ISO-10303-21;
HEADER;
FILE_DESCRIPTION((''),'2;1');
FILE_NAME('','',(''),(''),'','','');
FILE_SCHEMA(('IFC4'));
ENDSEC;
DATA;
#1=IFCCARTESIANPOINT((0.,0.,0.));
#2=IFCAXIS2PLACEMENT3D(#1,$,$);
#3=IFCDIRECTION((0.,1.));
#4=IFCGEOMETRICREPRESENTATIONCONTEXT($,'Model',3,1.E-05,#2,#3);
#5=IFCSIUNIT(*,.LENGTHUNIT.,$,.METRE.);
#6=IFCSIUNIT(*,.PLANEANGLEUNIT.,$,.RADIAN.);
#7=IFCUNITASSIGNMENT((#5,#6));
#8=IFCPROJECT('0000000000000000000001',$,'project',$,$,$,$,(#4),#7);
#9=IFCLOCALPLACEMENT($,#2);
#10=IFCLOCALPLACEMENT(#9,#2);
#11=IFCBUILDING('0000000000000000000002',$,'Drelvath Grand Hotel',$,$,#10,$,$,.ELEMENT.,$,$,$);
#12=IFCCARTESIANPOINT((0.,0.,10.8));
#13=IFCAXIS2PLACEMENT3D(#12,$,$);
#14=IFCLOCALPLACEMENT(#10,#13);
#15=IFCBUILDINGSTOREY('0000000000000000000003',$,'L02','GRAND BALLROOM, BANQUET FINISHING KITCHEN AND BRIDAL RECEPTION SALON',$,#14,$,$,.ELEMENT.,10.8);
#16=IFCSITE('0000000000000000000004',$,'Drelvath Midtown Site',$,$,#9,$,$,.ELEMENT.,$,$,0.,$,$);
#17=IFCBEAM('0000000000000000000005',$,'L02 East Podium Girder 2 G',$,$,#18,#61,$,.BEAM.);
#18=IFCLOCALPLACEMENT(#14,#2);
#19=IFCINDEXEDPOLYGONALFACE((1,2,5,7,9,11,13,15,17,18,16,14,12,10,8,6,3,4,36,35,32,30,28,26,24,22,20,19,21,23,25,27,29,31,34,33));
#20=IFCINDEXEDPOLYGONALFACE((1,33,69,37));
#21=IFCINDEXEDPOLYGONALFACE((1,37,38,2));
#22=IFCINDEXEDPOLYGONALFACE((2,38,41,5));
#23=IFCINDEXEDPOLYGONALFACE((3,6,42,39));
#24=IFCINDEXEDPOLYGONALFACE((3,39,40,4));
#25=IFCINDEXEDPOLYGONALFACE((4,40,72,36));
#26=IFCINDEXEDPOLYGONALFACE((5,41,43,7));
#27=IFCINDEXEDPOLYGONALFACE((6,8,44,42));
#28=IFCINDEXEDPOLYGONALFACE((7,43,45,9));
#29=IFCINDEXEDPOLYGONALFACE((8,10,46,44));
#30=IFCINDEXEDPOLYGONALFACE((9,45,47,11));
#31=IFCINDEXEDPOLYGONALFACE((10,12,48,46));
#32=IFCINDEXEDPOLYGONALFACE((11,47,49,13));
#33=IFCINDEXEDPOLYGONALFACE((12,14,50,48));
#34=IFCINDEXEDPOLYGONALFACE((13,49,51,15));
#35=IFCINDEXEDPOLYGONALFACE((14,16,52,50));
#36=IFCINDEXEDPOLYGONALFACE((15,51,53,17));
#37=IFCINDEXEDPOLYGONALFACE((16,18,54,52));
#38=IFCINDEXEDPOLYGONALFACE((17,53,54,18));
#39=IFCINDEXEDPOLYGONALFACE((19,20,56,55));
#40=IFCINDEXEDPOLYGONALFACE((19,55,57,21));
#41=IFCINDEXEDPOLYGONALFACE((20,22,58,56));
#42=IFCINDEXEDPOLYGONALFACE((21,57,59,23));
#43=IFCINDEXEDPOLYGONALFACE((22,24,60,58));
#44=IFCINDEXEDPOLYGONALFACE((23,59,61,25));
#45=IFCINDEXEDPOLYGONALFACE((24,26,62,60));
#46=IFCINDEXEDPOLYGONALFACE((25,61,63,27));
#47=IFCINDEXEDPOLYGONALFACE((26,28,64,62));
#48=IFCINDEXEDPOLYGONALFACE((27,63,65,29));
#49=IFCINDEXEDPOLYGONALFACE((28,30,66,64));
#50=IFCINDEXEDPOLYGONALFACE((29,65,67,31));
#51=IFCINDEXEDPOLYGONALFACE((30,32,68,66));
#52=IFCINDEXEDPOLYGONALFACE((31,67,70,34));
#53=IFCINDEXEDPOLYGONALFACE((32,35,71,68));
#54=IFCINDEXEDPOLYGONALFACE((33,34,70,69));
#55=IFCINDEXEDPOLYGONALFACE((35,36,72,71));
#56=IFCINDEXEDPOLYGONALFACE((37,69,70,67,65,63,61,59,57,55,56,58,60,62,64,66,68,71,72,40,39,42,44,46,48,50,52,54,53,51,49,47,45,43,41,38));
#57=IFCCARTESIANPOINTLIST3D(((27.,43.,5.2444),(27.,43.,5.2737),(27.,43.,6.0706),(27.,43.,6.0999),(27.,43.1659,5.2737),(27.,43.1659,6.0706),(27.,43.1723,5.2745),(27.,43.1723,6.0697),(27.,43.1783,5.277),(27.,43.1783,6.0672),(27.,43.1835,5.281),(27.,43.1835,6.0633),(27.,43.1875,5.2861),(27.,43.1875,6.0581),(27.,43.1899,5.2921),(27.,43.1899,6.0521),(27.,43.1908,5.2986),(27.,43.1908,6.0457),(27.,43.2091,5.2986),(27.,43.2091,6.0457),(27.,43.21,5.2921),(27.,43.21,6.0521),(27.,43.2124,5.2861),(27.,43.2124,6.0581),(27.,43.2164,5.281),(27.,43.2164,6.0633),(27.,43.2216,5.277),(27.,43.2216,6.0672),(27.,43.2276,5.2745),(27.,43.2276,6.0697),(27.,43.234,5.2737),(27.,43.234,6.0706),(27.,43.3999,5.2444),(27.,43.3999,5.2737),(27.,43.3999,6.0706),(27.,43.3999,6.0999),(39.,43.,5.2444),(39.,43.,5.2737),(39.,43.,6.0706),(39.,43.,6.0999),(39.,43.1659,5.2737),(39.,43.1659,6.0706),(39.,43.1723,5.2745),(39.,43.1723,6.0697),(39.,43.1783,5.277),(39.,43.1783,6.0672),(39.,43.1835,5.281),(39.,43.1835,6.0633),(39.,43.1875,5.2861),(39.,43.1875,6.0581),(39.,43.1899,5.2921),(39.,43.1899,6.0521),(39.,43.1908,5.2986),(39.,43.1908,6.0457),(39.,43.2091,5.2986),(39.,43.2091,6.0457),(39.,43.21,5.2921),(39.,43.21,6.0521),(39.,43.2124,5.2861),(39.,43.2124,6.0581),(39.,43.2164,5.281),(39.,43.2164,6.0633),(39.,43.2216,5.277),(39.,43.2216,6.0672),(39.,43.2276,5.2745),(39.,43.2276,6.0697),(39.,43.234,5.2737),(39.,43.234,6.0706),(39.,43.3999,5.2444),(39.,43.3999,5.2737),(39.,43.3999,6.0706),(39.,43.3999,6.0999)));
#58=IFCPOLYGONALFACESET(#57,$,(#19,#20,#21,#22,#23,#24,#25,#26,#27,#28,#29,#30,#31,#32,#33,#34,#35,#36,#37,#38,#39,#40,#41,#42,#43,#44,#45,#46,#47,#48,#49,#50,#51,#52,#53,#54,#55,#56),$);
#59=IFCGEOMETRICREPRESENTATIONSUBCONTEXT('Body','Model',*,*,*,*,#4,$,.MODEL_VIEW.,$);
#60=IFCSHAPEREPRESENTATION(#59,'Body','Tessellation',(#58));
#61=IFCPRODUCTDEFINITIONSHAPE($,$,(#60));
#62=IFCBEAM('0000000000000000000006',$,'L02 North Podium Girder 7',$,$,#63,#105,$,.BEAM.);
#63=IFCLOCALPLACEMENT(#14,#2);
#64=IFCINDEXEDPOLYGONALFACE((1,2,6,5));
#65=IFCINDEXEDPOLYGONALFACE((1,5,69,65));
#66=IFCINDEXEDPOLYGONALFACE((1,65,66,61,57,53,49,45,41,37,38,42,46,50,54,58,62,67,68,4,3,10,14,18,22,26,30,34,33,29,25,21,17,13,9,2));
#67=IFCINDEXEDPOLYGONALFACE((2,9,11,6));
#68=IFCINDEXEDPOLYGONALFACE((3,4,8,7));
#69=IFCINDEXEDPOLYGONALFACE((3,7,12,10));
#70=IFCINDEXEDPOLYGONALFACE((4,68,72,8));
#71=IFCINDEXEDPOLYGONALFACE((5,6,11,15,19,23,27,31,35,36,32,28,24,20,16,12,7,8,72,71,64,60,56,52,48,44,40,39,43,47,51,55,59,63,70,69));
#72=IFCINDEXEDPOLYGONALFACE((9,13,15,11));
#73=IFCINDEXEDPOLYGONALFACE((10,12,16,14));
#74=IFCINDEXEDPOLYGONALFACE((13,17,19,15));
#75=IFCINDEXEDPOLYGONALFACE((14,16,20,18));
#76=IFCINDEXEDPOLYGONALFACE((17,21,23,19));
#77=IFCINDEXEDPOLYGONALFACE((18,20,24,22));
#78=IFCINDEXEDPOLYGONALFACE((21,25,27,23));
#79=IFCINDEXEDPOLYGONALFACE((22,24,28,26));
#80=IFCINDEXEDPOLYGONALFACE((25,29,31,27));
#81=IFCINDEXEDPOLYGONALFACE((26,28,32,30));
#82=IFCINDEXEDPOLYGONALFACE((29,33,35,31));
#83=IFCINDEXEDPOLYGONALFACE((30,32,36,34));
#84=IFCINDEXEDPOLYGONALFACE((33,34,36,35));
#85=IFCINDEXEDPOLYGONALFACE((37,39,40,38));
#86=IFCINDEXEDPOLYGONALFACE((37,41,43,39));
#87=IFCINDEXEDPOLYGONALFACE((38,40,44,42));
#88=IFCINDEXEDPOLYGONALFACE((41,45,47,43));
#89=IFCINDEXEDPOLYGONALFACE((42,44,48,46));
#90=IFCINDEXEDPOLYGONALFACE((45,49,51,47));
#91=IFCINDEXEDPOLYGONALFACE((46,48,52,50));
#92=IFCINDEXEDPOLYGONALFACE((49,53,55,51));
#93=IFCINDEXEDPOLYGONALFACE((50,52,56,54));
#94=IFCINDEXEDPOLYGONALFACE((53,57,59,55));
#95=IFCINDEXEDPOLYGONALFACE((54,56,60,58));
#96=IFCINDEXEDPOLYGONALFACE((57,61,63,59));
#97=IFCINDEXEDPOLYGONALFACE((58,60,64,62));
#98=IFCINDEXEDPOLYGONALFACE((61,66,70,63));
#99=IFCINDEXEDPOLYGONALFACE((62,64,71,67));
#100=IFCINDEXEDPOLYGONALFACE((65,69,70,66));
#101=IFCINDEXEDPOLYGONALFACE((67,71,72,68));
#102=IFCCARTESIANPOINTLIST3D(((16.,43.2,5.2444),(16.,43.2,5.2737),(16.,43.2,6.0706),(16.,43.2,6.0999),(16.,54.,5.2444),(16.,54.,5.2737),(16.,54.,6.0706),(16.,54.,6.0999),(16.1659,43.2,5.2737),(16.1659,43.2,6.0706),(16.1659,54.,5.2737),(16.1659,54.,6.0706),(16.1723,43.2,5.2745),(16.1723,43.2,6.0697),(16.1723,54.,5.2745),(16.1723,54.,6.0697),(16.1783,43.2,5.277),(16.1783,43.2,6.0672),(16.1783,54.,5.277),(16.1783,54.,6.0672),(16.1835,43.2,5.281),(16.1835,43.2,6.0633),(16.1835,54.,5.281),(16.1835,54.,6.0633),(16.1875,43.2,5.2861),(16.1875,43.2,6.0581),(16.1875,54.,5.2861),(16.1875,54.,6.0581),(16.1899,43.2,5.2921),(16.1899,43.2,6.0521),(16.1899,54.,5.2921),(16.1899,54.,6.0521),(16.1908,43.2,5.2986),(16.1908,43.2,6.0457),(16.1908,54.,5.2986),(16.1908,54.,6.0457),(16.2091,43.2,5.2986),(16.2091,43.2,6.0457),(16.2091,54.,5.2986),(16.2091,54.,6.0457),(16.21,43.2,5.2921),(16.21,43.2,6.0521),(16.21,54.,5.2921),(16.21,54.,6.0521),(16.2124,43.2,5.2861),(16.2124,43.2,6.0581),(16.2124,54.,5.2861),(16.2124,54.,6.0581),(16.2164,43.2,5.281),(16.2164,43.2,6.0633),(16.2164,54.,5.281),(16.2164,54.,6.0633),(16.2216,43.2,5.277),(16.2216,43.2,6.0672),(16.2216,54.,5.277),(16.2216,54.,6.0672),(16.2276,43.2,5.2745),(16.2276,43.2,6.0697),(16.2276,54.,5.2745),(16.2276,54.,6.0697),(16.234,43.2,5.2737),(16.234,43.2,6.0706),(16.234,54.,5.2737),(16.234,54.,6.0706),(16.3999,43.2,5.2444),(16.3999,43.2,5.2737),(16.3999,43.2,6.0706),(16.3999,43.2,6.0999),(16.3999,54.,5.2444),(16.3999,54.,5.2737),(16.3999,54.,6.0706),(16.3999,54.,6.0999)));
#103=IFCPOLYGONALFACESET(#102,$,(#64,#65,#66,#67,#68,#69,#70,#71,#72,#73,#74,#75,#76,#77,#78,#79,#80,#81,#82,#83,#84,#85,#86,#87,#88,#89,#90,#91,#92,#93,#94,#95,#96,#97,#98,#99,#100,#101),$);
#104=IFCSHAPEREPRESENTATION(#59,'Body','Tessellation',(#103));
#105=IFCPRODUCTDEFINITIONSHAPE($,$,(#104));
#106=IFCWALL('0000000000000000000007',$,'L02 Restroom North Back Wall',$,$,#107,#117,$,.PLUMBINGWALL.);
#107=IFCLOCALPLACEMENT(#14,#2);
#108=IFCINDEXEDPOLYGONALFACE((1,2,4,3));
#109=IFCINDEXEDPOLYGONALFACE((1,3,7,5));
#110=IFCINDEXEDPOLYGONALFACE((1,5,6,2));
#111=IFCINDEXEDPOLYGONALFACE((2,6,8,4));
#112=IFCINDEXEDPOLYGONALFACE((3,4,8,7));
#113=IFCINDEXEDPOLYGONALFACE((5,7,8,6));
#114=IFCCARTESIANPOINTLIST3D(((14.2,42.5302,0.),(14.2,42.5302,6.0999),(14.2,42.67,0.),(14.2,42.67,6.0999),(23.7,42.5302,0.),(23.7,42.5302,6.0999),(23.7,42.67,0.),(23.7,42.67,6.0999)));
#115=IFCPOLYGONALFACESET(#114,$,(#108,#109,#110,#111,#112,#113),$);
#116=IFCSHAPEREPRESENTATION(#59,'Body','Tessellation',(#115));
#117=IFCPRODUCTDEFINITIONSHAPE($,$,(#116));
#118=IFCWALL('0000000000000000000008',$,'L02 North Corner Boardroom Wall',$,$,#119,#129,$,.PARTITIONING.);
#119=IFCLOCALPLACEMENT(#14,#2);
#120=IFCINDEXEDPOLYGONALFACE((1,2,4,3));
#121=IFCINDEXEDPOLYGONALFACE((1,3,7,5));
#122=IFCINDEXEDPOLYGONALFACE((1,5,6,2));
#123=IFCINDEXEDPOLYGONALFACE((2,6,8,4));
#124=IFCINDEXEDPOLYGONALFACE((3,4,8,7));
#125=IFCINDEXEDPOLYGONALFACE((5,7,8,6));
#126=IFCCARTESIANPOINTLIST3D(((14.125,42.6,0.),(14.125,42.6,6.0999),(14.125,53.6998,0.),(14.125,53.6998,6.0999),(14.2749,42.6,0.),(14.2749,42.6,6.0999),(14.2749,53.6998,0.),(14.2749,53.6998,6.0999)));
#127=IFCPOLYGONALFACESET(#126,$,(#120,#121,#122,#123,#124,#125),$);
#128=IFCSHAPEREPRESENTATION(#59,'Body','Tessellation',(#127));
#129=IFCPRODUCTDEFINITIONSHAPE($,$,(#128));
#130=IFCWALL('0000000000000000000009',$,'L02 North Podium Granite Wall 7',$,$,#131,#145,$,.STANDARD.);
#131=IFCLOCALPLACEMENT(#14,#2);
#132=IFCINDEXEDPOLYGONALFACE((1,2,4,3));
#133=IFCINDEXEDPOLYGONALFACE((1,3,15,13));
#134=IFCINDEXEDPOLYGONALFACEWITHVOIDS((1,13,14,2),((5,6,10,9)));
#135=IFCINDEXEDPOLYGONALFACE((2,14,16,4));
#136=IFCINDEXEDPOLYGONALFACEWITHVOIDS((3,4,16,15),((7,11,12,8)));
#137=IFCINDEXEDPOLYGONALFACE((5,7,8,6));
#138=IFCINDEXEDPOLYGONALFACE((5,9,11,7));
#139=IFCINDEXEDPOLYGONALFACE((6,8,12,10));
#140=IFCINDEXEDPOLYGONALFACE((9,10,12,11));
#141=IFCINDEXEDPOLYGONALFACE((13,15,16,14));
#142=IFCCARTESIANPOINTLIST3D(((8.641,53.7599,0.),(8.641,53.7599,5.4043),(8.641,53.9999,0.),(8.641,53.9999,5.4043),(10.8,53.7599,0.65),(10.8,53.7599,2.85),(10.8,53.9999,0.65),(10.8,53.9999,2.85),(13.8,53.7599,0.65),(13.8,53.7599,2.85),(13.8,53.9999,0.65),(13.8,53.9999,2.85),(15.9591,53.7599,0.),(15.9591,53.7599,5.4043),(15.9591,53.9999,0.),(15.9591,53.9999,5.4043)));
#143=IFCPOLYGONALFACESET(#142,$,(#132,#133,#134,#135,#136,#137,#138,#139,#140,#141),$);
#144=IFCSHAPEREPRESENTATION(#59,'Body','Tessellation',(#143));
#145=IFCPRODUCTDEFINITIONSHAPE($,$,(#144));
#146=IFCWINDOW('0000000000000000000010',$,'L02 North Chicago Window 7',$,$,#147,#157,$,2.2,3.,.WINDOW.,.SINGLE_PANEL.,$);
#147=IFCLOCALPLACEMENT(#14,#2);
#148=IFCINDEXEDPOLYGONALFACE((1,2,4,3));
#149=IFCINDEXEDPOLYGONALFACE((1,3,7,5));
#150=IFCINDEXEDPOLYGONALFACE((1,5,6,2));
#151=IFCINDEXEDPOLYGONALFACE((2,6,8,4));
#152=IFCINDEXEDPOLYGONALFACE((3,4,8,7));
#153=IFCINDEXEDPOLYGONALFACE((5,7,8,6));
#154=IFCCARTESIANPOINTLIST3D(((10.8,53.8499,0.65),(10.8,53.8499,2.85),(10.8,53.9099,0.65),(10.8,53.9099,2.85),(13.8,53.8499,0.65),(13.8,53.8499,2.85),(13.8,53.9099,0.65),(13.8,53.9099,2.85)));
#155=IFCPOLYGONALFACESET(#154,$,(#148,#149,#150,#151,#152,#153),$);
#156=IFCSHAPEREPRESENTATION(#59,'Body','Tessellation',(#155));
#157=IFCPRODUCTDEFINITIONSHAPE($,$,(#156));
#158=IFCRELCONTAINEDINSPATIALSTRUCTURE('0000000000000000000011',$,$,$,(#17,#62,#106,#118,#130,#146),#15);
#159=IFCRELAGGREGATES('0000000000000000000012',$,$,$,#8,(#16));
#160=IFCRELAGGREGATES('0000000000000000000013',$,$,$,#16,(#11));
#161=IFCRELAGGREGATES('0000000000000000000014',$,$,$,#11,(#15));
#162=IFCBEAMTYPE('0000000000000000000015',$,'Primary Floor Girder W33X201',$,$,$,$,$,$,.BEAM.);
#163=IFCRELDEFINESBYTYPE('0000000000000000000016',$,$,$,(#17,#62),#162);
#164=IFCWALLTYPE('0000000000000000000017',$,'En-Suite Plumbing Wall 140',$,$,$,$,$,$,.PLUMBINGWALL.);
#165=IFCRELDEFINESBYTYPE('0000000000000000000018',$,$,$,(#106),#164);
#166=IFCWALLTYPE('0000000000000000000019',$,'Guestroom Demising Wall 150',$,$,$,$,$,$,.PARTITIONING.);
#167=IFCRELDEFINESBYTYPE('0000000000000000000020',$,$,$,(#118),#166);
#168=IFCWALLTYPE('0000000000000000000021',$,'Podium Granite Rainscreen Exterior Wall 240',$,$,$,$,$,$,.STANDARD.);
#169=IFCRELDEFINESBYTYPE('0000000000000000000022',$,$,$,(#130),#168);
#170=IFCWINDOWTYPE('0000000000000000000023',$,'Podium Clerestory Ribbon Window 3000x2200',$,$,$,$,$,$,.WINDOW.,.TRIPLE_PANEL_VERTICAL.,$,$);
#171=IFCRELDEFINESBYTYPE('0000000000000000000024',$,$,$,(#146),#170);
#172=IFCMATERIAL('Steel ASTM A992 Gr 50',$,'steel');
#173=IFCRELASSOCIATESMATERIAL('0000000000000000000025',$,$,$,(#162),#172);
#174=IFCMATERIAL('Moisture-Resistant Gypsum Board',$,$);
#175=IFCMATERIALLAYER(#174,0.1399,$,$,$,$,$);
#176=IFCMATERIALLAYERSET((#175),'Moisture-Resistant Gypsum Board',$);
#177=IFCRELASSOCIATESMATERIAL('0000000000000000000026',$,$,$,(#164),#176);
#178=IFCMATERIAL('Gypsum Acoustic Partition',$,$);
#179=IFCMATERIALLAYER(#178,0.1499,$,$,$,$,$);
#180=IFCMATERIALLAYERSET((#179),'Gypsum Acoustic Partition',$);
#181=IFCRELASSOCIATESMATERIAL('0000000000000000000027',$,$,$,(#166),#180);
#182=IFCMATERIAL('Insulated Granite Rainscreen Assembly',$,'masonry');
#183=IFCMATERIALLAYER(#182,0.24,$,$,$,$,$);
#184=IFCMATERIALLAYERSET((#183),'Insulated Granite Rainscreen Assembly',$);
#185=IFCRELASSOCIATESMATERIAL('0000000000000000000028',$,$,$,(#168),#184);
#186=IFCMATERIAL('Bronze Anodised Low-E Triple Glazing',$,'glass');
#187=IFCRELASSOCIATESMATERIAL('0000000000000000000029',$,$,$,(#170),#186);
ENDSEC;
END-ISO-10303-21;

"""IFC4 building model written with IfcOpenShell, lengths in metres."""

from ifc_helpers import new_model, si_unit, direction, frame, frame_2d, origin, origin_2d, place, context, subcontext, project, spatial, rectangle, i_section, extrude, material, layer, layer_set, material_profile, profile_set, type_object, element, fill, save


model = new_model("IFC4")

# Units and contexts
model_context = context("Model", 3, precision=1e-05, world=origin(), true_north=direction((0.0, 1.0)))
body_context = subcontext(model_context, "Body", "Model", "MODEL_VIEW")
ifc_project = project(units=[si_unit("LENGTHUNIT", "METRE"), si_unit("PLANEANGLEUNIT", "RADIAN")], contexts=[model_context])

# Site, building, storey
site_placement = place(None, origin())
site = spatial("IfcSite", under=ifc_project, at=site_placement, Name="Drelvath Midtown Site", CompositionType="ELEMENT", RefElevation=0.0)
building_placement = place(site_placement, origin())
building = spatial("IfcBuilding", under=site, at=building_placement, Name="Drelvath Grand Hotel", CompositionType="ELEMENT")
storey_placement = place(building_placement, frame((0.0, 0.0, 10.8)))
storey = spatial("IfcBuildingStorey", under=building, at=storey_placement, Name="L02", Description="GRAND BALLROOM, BANQUET FINISHING KITCHEN AND BRIDAL RECEPTION SALON", CompositionType="ELEMENT", Elevation=10.8)

# Beams
ifc_material_1 = material(Name="Steel ASTM A992 Gr 50", Category="steel")
ifc_material_profile_1 = material_profile(ifc_material_1, i_section(OverallWidth=0.3999, OverallDepth=0.8555, WebThickness=0.0183, FlangeThickness=0.0293, FilletRadius=0.0249, at=origin_2d()), Name="W33X201")
ifc_profile_set_1 = profile_set([ifc_material_profile_1], Name="Steel ASTM A992 Gr 50")
beam_type_1 = type_object("IfcBeamType", Name="Primary Floor Girder W33X201", PredefinedType="BEAM", material=ifc_profile_set_1)
beam_1_placement = place(storey_placement, frame((27.0, 43.2, 5.6721), z_axis=(1.0, 0.0, 0.0), x_axis=(0.0, 1.0, 0.0)))
element("IfcBeam", 1, at=beam_1_placement, inside=storey, type_object=beam_type_1, Name="L02 East Podium Girder 2 G", PredefinedType="BEAM", context=body_context, shape_type="SweptSolid", body=[
    extrude(i_section(OverallWidth=0.3999, OverallDepth=0.8555, WebThickness=0.0183, FlangeThickness=0.0293, FilletRadius=0.0249, at=origin_2d()), origin(), (0.0, 0.0, 1.0), 12.0),
])
beam_2_placement = place(storey_placement, frame((16.2, 43.2, 5.6721), z_axis=(0.0, 1.0, 0.0), x_axis=(-1.0, 0.0, 0.0)))
element("IfcBeam", 2, at=beam_2_placement, inside=storey, type_object=beam_type_1, Name="L02 North Podium Girder 7", PredefinedType="BEAM", context=body_context, shape_type="SweptSolid", body=[
    extrude(i_section(OverallWidth=0.3999, OverallDepth=0.8555, WebThickness=0.0183, FlangeThickness=0.0293, FilletRadius=0.0249, at=origin_2d()), origin(), (0.0, 0.0, 1.0), 10.8),
])

# Walls
ifc_material_2 = material(Name="Moisture-Resistant Gypsum Board")
ifc_layer_1 = layer(ifc_material_2, 0.1399)
ifc_layer_set_1 = layer_set([ifc_layer_1], Name="Moisture-Resistant Gypsum Board")
wall_type_1 = type_object("IfcWallType", Name="En-Suite Plumbing Wall 140", PredefinedType="PLUMBINGWALL", material=ifc_layer_set_1)
wall_1_placement = place(storey_placement, frame((14.2, 42.6001, 0.0), z_axis=(0.0, 0.0, 1.0), x_axis=(1.0, 0.0, 0.0)))
element("IfcWall", 3, at=wall_1_placement, inside=storey, type_object=wall_type_1, Name="L02 Restroom North Back Wall", PredefinedType="PLUMBINGWALL", context=body_context, shape_type="SweptSolid", body=[
    extrude(rectangle(XDim=9.5, YDim=0.1399, at=frame_2d((4.75, 0.0))), origin(), (0.0, 0.0, 1.0), 6.0999),
])
ifc_material_3 = material(Name="Gypsum Acoustic Partition")
ifc_layer_2 = layer(ifc_material_3, 0.1499)
ifc_layer_set_2 = layer_set([ifc_layer_2], Name="Gypsum Acoustic Partition")
wall_type_2 = type_object("IfcWallType", Name="Guestroom Demising Wall 150", PredefinedType="PARTITIONING", material=ifc_layer_set_2)
wall_2_placement = place(storey_placement, frame((14.2, 42.6001, 0.0), z_axis=(0.0, 0.0, 1.0), x_axis=(0.0, 1.0, 0.0)))
element("IfcWall", 4, at=wall_2_placement, inside=storey, type_object=wall_type_2, Name="L02 North Corner Boardroom Wall", PredefinedType="PARTITIONING", context=body_context, shape_type="SweptSolid", body=[
    extrude(rectangle(XDim=11.0999, YDim=0.1499, at=frame_2d((5.5498, 0.0))), origin(), (0.0, 0.0, 1.0), 6.0999),
])

# Wall, opening, window
ifc_material_4 = material(Name="Insulated Granite Rainscreen Assembly", Category="masonry")
ifc_layer_3 = layer(ifc_material_4, 0.24)
ifc_layer_set_3 = layer_set([ifc_layer_3], Name="Insulated Granite Rainscreen Assembly")
wall_type_3 = type_object("IfcWallType", Name="Podium Granite Rainscreen Exterior Wall 240", PredefinedType="STANDARD", material=ifc_layer_set_3)
wall_3_placement = place(storey_placement, frame((8.6409, 53.8799, 0.0), z_axis=(0.0, 0.0, 1.0), x_axis=(1.0, 0.0, 0.0)))
wall_3 = element("IfcWall", 5, at=wall_3_placement, inside=storey, type_object=wall_type_3, Name="L02 North Podium Granite Wall 7", PredefinedType="STANDARD", context=body_context, shape_type="SweptSolid", body=[
    extrude(rectangle(XDim=7.3181, YDim=0.24, at=frame_2d((3.6592, 0.0))), origin(), (0.0, 0.0, 1.0), 5.4043),
])
opening_1_placement = place(wall_3_placement, frame((2.1592, 0.0, 0.6499)))
opening_1 = element("IfcOpeningElement", 6, at=opening_1_placement, cuts=wall_3, PredefinedType="OPENING", context=body_context, shape_type="SweptSolid", body=[
    extrude(rectangle(XDim=3.0, YDim=2.2, at=frame_2d((1.5, 1.1001))), frame((0.0, 0.1299, 0.0), z_axis=(0.0, -1.0, 0.0), x_axis=(1.0, 0.0, 0.0)), (0.0, 0.0, 1.0), 0.26),
])
ifc_material_5 = material(Name="Bronze Anodised Low-E Triple Glazing", Category="glass")
window_type_1 = type_object("IfcWindowType", Name="Podium Clerestory Ribbon Window 3000x2200", PartitioningType="TRIPLE_PANEL_VERTICAL", PredefinedType="WINDOW", material=ifc_material_5)
window_1_placement = place(opening_1_placement, origin())
window_1 = element("IfcWindow", 7, at=window_1_placement, inside=storey, type_object=window_type_1, Name="L02 North Chicago Window 7", OverallHeight=2.2, OverallWidth=3.0, PartitioningType="SINGLE_PANEL", PredefinedType="WINDOW", context=body_context, shape_type="SweptSolid", body=[
    extrude(rectangle(XDim=3.0, YDim=2.2, at=frame_2d((1.5, 1.1001))), frame((0.0, 0.03, 0.0), z_axis=(0.0, -1.0, 0.0), x_axis=(1.0, 0.0, 0.0)), (0.0, 0.0, 1.0), 0.0601),
])
fill(opening_1, window_1)

save(model, "model.ifc")
